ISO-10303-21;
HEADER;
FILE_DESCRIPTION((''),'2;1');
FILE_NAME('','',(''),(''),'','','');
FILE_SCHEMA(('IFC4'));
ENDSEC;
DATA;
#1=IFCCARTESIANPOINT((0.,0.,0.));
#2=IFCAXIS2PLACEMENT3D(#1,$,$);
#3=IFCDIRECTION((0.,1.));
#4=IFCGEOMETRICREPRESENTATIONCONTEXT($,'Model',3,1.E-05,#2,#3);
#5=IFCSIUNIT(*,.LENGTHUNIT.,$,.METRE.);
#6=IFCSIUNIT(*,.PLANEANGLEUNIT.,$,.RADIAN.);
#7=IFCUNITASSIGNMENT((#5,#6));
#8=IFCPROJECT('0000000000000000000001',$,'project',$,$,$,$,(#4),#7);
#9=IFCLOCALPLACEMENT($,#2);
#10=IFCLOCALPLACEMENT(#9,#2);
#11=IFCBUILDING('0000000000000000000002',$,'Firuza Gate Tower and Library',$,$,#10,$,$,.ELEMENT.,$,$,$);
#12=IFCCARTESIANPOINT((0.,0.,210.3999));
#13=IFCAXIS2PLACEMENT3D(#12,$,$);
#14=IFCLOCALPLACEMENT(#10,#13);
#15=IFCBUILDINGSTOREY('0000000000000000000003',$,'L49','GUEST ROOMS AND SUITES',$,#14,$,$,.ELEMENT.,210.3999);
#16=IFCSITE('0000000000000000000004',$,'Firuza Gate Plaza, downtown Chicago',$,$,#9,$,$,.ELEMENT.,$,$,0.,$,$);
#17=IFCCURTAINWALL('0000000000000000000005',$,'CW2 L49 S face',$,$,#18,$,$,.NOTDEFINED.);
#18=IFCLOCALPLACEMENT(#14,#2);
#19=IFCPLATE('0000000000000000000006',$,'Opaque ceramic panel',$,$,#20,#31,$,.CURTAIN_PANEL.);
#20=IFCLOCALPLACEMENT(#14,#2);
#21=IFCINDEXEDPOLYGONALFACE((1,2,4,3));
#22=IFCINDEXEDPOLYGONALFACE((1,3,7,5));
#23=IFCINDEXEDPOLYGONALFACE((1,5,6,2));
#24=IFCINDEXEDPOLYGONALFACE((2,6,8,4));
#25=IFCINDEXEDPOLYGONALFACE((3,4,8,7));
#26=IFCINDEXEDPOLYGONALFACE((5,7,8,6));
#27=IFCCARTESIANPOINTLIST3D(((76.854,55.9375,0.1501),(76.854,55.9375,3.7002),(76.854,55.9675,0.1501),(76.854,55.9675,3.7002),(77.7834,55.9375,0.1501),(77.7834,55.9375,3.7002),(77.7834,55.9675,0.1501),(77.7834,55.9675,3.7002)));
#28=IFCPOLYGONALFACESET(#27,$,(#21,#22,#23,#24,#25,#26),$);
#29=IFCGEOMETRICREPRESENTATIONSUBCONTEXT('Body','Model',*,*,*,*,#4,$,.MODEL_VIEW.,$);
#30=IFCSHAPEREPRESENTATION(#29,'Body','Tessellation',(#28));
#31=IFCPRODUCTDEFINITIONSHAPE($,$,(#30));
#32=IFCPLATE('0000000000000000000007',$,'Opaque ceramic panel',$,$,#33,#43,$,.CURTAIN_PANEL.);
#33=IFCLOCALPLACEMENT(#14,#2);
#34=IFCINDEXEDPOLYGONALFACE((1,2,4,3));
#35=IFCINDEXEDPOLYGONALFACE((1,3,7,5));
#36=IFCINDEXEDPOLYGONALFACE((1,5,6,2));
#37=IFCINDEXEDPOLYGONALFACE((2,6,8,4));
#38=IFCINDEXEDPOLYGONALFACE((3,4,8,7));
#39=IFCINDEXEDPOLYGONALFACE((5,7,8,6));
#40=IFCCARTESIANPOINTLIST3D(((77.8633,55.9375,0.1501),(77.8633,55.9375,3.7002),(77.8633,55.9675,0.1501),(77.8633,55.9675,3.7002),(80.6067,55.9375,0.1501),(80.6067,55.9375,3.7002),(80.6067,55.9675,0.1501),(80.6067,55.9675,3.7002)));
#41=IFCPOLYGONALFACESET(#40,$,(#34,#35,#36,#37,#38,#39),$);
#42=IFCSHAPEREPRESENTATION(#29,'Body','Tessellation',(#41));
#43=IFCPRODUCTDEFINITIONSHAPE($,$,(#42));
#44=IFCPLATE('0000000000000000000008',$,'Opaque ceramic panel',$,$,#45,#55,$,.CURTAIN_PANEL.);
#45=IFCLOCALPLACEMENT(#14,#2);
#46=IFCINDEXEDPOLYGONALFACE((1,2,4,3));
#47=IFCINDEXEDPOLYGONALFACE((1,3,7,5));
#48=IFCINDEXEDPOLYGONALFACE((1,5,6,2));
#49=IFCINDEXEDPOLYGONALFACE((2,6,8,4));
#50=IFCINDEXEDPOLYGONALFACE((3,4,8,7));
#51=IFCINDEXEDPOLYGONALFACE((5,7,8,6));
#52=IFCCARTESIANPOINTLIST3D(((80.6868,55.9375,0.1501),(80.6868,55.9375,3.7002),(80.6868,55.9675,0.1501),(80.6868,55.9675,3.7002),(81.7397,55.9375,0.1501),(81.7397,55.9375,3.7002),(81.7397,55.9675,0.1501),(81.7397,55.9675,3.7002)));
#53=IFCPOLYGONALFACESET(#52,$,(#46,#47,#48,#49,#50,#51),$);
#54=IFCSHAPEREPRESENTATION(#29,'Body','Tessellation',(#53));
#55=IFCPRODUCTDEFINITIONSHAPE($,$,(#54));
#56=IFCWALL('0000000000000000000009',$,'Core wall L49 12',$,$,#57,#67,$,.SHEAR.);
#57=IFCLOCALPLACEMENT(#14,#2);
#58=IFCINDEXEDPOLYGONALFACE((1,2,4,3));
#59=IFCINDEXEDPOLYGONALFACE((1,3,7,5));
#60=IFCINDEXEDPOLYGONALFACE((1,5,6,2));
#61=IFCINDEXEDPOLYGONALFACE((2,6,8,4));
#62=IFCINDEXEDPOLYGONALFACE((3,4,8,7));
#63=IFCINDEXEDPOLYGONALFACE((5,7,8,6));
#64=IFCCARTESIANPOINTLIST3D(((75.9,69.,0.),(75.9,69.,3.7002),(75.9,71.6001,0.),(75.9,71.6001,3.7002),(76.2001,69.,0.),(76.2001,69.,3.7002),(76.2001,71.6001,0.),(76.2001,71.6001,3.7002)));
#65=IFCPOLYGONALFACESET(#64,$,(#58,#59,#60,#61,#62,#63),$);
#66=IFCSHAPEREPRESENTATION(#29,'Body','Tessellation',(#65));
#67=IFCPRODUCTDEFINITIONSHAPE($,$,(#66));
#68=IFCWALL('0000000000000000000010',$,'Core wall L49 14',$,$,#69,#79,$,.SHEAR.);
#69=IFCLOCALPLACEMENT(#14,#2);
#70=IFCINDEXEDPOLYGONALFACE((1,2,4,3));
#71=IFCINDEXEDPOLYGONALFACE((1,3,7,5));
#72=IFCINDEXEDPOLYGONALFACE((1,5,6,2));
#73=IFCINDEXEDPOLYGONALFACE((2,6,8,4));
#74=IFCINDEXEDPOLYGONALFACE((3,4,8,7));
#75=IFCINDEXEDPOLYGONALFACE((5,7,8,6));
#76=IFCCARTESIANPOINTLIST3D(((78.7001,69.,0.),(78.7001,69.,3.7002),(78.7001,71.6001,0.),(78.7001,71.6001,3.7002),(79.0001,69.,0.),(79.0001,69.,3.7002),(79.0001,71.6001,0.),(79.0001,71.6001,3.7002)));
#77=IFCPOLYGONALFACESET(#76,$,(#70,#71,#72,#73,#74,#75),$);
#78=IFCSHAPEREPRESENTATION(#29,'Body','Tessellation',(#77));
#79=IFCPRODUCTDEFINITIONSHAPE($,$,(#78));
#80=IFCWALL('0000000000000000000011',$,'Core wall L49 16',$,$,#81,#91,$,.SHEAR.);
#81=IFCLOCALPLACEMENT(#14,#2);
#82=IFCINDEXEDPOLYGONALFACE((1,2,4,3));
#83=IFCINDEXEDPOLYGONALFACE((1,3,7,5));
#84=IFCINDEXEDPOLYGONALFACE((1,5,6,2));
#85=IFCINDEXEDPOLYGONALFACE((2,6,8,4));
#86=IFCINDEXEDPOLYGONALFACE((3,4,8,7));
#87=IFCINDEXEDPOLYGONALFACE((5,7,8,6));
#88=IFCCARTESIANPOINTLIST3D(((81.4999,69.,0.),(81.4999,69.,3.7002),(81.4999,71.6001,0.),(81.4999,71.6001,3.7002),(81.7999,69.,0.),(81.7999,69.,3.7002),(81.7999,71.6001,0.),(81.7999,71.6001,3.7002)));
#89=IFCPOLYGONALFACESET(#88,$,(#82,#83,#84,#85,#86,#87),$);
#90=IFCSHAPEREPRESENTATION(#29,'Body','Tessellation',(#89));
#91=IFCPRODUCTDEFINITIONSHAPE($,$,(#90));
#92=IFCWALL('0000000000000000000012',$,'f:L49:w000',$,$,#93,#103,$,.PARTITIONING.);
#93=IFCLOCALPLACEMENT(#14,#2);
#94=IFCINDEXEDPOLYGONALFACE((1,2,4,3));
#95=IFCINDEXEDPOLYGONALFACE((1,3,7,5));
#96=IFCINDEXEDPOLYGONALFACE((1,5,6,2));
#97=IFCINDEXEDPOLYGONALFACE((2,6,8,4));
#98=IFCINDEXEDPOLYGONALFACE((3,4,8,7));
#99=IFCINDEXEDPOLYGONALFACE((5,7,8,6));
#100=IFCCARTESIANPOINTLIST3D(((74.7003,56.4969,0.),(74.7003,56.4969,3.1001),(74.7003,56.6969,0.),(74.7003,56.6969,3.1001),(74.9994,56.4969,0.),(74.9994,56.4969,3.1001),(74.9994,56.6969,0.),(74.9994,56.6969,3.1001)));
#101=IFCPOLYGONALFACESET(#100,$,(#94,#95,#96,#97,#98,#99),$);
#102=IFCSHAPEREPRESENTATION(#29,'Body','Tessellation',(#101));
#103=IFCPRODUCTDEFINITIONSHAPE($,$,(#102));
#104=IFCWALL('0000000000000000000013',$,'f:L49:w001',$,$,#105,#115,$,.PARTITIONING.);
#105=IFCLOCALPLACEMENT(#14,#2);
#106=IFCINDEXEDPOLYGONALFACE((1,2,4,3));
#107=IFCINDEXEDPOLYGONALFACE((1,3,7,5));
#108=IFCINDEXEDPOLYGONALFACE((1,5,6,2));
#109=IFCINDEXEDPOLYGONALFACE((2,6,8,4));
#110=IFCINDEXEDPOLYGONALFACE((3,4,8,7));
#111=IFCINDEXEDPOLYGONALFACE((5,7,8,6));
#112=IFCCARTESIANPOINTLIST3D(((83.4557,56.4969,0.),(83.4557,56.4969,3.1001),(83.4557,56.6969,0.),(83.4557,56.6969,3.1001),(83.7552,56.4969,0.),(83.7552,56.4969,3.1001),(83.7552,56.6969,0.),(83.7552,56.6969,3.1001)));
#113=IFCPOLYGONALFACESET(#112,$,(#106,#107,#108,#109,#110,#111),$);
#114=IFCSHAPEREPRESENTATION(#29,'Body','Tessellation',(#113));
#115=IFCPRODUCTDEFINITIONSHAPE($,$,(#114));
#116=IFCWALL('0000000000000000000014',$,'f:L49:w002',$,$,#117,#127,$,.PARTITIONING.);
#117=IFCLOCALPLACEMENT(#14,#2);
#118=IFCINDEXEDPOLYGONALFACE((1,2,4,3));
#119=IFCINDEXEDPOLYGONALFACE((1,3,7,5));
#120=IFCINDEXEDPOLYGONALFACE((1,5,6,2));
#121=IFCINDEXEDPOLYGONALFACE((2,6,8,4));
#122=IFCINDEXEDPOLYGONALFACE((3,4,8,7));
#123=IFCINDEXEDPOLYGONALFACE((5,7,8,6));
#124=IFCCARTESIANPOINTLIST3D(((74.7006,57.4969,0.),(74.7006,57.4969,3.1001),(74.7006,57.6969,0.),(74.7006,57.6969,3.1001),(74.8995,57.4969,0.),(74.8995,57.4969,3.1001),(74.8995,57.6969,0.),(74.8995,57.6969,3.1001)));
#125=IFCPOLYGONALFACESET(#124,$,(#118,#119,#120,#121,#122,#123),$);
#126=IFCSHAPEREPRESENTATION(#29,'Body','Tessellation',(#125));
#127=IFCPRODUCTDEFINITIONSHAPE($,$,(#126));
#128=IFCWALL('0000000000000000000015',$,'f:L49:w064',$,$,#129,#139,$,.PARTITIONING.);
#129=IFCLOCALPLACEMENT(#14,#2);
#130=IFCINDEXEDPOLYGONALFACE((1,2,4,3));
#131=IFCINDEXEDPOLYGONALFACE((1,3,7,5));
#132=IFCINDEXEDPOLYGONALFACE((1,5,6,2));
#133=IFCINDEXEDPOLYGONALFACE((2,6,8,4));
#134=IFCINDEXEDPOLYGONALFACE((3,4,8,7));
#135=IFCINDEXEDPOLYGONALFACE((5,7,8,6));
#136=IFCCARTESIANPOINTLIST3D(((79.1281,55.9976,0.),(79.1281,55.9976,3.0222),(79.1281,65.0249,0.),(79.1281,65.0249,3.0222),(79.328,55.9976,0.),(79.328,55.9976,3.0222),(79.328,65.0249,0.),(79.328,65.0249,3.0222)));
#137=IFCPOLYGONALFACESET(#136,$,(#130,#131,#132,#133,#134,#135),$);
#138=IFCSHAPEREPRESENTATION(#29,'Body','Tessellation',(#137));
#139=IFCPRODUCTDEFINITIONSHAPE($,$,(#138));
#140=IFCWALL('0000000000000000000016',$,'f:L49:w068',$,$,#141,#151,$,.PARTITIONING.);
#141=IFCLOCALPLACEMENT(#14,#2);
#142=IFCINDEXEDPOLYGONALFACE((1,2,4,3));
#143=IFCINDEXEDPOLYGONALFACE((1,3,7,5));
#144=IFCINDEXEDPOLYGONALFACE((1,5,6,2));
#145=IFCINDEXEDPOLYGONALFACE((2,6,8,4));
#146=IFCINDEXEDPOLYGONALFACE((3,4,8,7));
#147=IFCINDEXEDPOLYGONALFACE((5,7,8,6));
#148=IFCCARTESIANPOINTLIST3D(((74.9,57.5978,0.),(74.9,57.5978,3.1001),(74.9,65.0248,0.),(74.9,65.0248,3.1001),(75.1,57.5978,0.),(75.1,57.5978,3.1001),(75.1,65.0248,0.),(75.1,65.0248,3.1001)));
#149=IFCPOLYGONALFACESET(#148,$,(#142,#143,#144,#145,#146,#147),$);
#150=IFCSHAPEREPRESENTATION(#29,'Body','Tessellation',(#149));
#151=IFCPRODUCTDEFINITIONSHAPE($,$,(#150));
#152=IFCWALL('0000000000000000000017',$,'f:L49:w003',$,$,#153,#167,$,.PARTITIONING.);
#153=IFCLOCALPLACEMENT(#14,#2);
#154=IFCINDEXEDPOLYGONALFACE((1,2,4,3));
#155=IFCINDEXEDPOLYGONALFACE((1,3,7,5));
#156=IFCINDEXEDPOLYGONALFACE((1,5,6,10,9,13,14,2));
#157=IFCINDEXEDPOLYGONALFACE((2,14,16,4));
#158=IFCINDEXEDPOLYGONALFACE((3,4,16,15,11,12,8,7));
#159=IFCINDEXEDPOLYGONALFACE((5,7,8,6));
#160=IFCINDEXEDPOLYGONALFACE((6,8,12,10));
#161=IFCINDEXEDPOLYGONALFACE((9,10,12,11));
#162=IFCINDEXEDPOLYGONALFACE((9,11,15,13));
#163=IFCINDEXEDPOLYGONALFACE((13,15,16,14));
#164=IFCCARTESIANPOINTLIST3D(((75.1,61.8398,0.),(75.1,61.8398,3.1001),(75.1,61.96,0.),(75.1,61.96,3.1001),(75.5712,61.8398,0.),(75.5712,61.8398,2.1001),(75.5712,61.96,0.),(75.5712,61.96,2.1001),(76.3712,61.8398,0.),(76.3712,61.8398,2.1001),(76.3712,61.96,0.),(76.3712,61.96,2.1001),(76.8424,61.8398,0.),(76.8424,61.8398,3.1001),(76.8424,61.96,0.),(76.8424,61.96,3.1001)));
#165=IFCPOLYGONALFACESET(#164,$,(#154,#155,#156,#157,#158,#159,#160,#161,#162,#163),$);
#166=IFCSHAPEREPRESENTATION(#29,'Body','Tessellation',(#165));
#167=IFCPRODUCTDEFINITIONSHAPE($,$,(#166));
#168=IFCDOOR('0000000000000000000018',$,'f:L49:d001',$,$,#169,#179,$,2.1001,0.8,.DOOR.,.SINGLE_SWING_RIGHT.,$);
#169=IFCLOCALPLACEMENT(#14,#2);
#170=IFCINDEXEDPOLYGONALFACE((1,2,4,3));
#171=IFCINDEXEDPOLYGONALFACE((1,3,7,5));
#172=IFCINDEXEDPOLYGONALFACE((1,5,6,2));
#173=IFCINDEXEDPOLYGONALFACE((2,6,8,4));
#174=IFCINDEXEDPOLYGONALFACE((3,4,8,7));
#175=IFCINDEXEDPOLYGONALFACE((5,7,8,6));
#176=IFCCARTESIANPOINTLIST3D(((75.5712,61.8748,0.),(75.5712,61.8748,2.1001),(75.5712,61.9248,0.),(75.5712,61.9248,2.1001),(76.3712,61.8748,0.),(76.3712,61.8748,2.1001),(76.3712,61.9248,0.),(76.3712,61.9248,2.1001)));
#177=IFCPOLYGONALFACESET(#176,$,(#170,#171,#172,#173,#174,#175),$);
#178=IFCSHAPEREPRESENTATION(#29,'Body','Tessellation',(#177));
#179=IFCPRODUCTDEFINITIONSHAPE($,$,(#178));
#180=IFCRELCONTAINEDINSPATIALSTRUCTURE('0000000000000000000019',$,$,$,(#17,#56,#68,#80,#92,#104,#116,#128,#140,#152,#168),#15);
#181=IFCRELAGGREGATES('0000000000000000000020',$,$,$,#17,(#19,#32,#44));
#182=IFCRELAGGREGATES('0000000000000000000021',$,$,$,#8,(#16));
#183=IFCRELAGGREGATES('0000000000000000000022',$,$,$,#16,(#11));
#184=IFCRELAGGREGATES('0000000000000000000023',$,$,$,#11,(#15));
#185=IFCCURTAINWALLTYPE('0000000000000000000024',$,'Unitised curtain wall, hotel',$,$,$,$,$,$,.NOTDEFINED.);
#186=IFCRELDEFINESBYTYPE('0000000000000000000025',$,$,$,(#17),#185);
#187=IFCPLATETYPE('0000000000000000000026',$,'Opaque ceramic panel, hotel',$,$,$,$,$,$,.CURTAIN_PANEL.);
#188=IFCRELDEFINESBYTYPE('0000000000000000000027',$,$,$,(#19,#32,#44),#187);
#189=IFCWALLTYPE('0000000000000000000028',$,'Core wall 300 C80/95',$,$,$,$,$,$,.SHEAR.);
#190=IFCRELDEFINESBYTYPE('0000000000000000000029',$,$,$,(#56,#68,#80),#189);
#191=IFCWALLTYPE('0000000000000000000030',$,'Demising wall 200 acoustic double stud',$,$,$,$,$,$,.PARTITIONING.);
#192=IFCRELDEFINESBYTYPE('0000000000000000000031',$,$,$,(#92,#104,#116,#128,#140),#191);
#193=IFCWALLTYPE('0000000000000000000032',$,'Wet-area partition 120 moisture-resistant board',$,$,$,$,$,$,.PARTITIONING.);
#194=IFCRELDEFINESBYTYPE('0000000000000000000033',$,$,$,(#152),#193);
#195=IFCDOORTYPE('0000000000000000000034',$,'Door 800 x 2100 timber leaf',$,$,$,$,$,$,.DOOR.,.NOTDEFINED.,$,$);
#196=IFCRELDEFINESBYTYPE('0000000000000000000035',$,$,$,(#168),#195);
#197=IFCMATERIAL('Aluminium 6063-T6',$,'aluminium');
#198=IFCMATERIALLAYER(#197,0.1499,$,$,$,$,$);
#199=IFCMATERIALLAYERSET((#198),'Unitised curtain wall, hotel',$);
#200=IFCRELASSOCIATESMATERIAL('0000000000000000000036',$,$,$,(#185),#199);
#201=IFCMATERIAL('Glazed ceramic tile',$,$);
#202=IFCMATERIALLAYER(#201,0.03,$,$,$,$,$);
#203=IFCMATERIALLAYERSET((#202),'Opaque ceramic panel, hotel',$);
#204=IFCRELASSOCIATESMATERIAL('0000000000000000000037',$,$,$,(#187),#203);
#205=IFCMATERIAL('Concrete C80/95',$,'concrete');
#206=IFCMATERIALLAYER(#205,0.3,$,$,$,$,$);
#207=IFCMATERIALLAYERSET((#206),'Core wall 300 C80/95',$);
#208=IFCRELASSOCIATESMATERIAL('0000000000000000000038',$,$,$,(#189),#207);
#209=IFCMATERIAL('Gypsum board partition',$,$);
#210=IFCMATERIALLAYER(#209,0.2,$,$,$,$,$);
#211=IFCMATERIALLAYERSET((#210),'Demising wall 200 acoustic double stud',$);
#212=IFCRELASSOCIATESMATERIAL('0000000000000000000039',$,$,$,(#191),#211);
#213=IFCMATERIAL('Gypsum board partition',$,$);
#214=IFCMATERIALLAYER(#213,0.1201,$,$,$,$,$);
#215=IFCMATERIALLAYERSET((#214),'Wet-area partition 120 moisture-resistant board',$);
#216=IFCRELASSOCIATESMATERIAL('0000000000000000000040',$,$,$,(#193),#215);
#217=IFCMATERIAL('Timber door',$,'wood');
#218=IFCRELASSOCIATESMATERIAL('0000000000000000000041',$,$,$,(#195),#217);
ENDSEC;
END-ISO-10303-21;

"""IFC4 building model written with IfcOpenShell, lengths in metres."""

from ifc_helpers import new_model, si_unit, direction, frame, frame_2d, origin, place, context, subcontext, project, spatial, polyline, rectangle, outline, extrude, material, layer, layer_set, type_object, element, fill, aggregate, save


model = new_model("IFC4")

# Units and contexts
model_context = context("Model", 3, precision=1e-05, world=origin(), true_north=direction((0.0, 1.0)))
body_context = subcontext(model_context, "Body", "Model", "MODEL_VIEW")
ifc_project = project(units=[si_unit("LENGTHUNIT", "METRE"), si_unit("PLANEANGLEUNIT", "RADIAN")], contexts=[model_context])

# Site, building, storey
site_placement = place(None, origin())
site = spatial("IfcSite", under=ifc_project, at=site_placement, Name="Firuza Gate Plaza, downtown Chicago", CompositionType="ELEMENT", RefElevation=0.0)
building_placement = place(site_placement, origin())
building = spatial("IfcBuilding", under=site, at=building_placement, Name="Firuza Gate Tower and Library", CompositionType="ELEMENT")
storey_placement = place(building_placement, frame((0.0, 0.0, 210.3999)))
storey = spatial("IfcBuildingStorey", under=building, at=storey_placement, Name="L49", Description="GUEST ROOMS AND SUITES", CompositionType="ELEMENT", Elevation=210.3999)

# Curtain wall
ifc_material_1 = material(Name="Aluminium 6063-T6", Category="aluminium")
ifc_layer_1 = layer(ifc_material_1, 0.1499)
ifc_layer_set_1 = layer_set([ifc_layer_1], Name="Unitised curtain wall, hotel")
curtain_wall_type = type_object("IfcCurtainWallType", Name="Unitised curtain wall, hotel", PredefinedType="NOTDEFINED", material=ifc_layer_set_1)
curtain_wall_placement = place(storey_placement, origin())
curtain_wall = element("IfcCurtainWall", 1, at=curtain_wall_placement, inside=storey, type_object=curtain_wall_type, Name="CW2 L49 S face", PredefinedType="NOTDEFINED")

# Plates
ifc_material_2 = material(Name="Glazed ceramic tile")
ifc_layer_2 = layer(ifc_material_2, 0.03)
ifc_layer_set_2 = layer_set([ifc_layer_2], Name="Opaque ceramic panel, hotel")
plate_type_1 = type_object("IfcPlateType", Name="Opaque ceramic panel, hotel", PredefinedType="CURTAIN_PANEL", material=ifc_layer_set_2)
plate_1_placement = place(storey_placement, frame((76.854, 55.9375, 0.1501), z_axis=(0.0, -1.0, 0.0), x_axis=(1.0, 0.0, 0.0)))
plate_1 = element("IfcPlate", 2, at=plate_1_placement, type_object=plate_type_1, Name="Opaque ceramic panel", PredefinedType="CURTAIN_PANEL", context=body_context, shape_type="SweptSolid", body=[
    extrude(outline(polyline([(0.0, 0.0), (0.9294, 0.0), (0.9294, 3.55), (0.0, 3.55), (0.0, 0.0)])), origin(), (0.0, 0.0, -1.0), 0.03),
])
plate_2_placement = place(storey_placement, frame((77.8633, 55.9375, 0.1501), z_axis=(0.0, -1.0, 0.0), x_axis=(1.0, 0.0, 0.0)))
plate_2 = element("IfcPlate", 3, at=plate_2_placement, type_object=plate_type_1, Name="Opaque ceramic panel", PredefinedType="CURTAIN_PANEL", context=body_context, shape_type="SweptSolid", body=[
    extrude(outline(polyline([(0.0, 0.0), (2.7434, 0.0), (2.7434, 3.55), (0.0, 3.55), (0.0, 0.0)])), origin(), (0.0, 0.0, -1.0), 0.03),
])
plate_3_placement = place(storey_placement, frame((80.6868, 55.9375, 0.1501), z_axis=(0.0, -1.0, 0.0), x_axis=(1.0, 0.0, 0.0)))
plate_3 = element("IfcPlate", 4, at=plate_3_placement, type_object=plate_type_1, Name="Opaque ceramic panel", PredefinedType="CURTAIN_PANEL", context=body_context, shape_type="SweptSolid", body=[
    extrude(outline(polyline([(0.0, 0.0), (1.053, 0.0), (1.053, 3.55), (0.0, 3.55), (0.0, 0.0)])), origin(), (0.0, 0.0, -1.0), 0.03),
])
aggregate(curtain_wall, [plate_1, plate_2, plate_3])

# Walls
ifc_material_3 = material(Name="Concrete C80/95", Category="concrete")
ifc_layer_3 = layer(ifc_material_3, 0.3)
ifc_layer_set_3 = layer_set([ifc_layer_3], Name="Core wall 300 C80/95")
wall_type_1 = type_object("IfcWallType", Name="Core wall 300 C80/95", PredefinedType="SHEAR", material=ifc_layer_set_3)
for number, where, z_axis, x_axis, name in (
    (5, (76.05, 69.0, 0.0), (0.0, 0.0, 1.0), (0.0, 1.0, 0.0), "Core wall L49 12"),
    (6, (78.8501, 69.0, 0.0), (0.0, 0.0, 1.0), (0.0, 1.0, 0.0), "Core wall L49 14"),
    (7, (81.6499, 69.0, 0.0), (0.0, 0.0, 1.0), (0.0, 1.0, 0.0), "Core wall L49 16"),
):
    element("IfcWall", number, at=place(storey_placement, frame(where, z_axis=z_axis, x_axis=x_axis)), inside=storey, type_object=wall_type_1, Name=name, PredefinedType="SHEAR", context=body_context, shape_type="SweptSolid", body=[
        extrude(rectangle(XDim=2.6001, YDim=0.3, at=frame_2d((1.3, 0.0))), origin(), (0.0, 0.0, 1.0), 3.7002),
    ])
ifc_material_4 = material(Name="Gypsum board partition")
ifc_layer_4 = layer(ifc_material_4, 0.2)
ifc_layer_set_4 = layer_set([ifc_layer_4], Name="Demising wall 200 acoustic double stud")
wall_type_2 = type_object("IfcWallType", Name="Demising wall 200 acoustic double stud", PredefinedType="PARTITIONING", material=ifc_layer_set_4)
wall_1_placement = place(storey_placement, frame((74.7004, 56.5969, 0.0), z_axis=(0.0, 0.0, 1.0), x_axis=(1.0, 0.0, 0.0)))
element("IfcWall", 8, at=wall_1_placement, inside=storey, type_object=wall_type_2, Name="f:L49:w000", PredefinedType="PARTITIONING", context=body_context, shape_type="SweptSolid", body=[
    extrude(rectangle(XDim=0.2991, YDim=0.2, at=frame_2d((0.1494, 0.0))), origin(), (0.0, 0.0, 1.0), 3.1001),
])
wall_2_placement = place(storey_placement, frame((83.4556, 56.5969, 0.0), z_axis=(0.0, 0.0, 1.0), x_axis=(1.0, 0.0, 0.0)))
element("IfcWall", 9, at=wall_2_placement, inside=storey, type_object=wall_type_2, Name="f:L49:w001", PredefinedType="PARTITIONING", context=body_context, shape_type="SweptSolid", body=[
    extrude(rectangle(XDim=0.2996, YDim=0.2, at=frame_2d((0.1499, 0.0))), origin(), (0.0, 0.0, 1.0), 3.1001),
])
wall_3_placement = place(storey_placement, frame((74.7004, 57.5969, 0.0), z_axis=(0.0, 0.0, 1.0), x_axis=(1.0, 0.0, 0.0)))
element("IfcWall", 10, at=wall_3_placement, inside=storey, type_object=wall_type_2, Name="f:L49:w002", PredefinedType="PARTITIONING", context=body_context, shape_type="SweptSolid", body=[
    extrude(rectangle(XDim=0.199, YDim=0.2, at=frame_2d((0.0996, 0.0))), origin(), (0.0, 0.0, 1.0), 3.1001),
])
wall_4_placement = place(storey_placement, frame((79.228, 55.9976, 0.0), z_axis=(0.0, 0.0, 1.0), x_axis=(0.0, 1.0, 0.0)))
element("IfcWall", 11, at=wall_4_placement, inside=storey, type_object=wall_type_2, Name="f:L49:w064", PredefinedType="PARTITIONING", context=body_context, shape_type="SweptSolid", body=[
    extrude(rectangle(XDim=9.0273, YDim=0.2, at=frame_2d((4.5137, 0.0))), origin(), (0.0, 0.0, 1.0), 3.0222),
])
wall_5_placement = place(storey_placement, frame((75.0, 57.5979, 0.0), z_axis=(0.0, 0.0, 1.0), x_axis=(0.0, 1.0, 0.0)))
element("IfcWall", 12, at=wall_5_placement, inside=storey, type_object=wall_type_2, Name="f:L49:w068", PredefinedType="PARTITIONING", context=body_context, shape_type="SweptSolid", body=[
    extrude(rectangle(XDim=7.427, YDim=0.2, at=frame_2d((3.7134, 0.0))), origin(), (0.0, 0.0, 1.0), 3.1001),
])

# Wall, opening, door
ifc_material_5 = material(Name="Gypsum board partition")
ifc_layer_5 = layer(ifc_material_5, 0.1201)
ifc_layer_set_5 = layer_set([ifc_layer_5], Name="Wet-area partition 120 moisture-resistant board")
wall_type_3 = type_object("IfcWallType", Name="Wet-area partition 120 moisture-resistant board", PredefinedType="PARTITIONING", material=ifc_layer_set_5)
wall_6_placement = place(storey_placement, frame((75.1001, 61.8999, 0.0), z_axis=(0.0, 0.0, 1.0), x_axis=(1.0, 0.0, 0.0)))
wall_6 = element("IfcWall", 13, at=wall_6_placement, inside=storey, type_object=wall_type_3, Name="f:L49:w003", PredefinedType="PARTITIONING", context=body_context, shape_type="SweptSolid", body=[
    extrude(rectangle(XDim=1.7424, YDim=0.1201, at=frame_2d((0.8711, 0.0))), origin(), (0.0, 0.0, 1.0), 3.1001),
])
opening_1_placement = place(wall_6_placement, frame((0.4712, 0.0, 0.0)))
opening_1 = element("IfcOpeningElement", 14, at=opening_1_placement, cuts=wall_6, PredefinedType="OPENING", context=body_context, shape_type="SweptSolid", body=[
    extrude(rectangle(XDim=0.8, YDim=2.1001, at=frame_2d((0.3999, 1.05))), frame((0.0, 0.0701, 0.0), z_axis=(0.0, -1.0, 0.0), x_axis=(1.0, 0.0, 0.0)), (0.0, 0.0, 1.0), 0.1401),
])
ifc_material_6 = material(Name="Timber door", Category="wood")
door_type = type_object("IfcDoorType", Name="Door 800 x 2100 timber leaf", OperationType="NOTDEFINED", PredefinedType="DOOR", material=ifc_material_6)
door_1_placement = place(opening_1_placement, origin())
door_1 = element("IfcDoor", 15, at=door_1_placement, inside=storey, type_object=door_type, Name="f:L49:d001", OperationType="SINGLE_SWING_RIGHT", OverallHeight=2.1001, OverallWidth=0.8, PredefinedType="DOOR", context=body_context, shape_type="SweptSolid", body=[
    extrude(rectangle(XDim=0.8, YDim=2.1001, at=frame_2d((0.3999, 1.05))), frame((0.0, 0.0249, 0.0), z_axis=(0.0, -1.0, 0.0), x_axis=(1.0, 0.0, 0.0)), (0.0, 0.0, 1.0), 0.05),
])
fill(opening_1, door_1)

save(model, "model.ifc")
